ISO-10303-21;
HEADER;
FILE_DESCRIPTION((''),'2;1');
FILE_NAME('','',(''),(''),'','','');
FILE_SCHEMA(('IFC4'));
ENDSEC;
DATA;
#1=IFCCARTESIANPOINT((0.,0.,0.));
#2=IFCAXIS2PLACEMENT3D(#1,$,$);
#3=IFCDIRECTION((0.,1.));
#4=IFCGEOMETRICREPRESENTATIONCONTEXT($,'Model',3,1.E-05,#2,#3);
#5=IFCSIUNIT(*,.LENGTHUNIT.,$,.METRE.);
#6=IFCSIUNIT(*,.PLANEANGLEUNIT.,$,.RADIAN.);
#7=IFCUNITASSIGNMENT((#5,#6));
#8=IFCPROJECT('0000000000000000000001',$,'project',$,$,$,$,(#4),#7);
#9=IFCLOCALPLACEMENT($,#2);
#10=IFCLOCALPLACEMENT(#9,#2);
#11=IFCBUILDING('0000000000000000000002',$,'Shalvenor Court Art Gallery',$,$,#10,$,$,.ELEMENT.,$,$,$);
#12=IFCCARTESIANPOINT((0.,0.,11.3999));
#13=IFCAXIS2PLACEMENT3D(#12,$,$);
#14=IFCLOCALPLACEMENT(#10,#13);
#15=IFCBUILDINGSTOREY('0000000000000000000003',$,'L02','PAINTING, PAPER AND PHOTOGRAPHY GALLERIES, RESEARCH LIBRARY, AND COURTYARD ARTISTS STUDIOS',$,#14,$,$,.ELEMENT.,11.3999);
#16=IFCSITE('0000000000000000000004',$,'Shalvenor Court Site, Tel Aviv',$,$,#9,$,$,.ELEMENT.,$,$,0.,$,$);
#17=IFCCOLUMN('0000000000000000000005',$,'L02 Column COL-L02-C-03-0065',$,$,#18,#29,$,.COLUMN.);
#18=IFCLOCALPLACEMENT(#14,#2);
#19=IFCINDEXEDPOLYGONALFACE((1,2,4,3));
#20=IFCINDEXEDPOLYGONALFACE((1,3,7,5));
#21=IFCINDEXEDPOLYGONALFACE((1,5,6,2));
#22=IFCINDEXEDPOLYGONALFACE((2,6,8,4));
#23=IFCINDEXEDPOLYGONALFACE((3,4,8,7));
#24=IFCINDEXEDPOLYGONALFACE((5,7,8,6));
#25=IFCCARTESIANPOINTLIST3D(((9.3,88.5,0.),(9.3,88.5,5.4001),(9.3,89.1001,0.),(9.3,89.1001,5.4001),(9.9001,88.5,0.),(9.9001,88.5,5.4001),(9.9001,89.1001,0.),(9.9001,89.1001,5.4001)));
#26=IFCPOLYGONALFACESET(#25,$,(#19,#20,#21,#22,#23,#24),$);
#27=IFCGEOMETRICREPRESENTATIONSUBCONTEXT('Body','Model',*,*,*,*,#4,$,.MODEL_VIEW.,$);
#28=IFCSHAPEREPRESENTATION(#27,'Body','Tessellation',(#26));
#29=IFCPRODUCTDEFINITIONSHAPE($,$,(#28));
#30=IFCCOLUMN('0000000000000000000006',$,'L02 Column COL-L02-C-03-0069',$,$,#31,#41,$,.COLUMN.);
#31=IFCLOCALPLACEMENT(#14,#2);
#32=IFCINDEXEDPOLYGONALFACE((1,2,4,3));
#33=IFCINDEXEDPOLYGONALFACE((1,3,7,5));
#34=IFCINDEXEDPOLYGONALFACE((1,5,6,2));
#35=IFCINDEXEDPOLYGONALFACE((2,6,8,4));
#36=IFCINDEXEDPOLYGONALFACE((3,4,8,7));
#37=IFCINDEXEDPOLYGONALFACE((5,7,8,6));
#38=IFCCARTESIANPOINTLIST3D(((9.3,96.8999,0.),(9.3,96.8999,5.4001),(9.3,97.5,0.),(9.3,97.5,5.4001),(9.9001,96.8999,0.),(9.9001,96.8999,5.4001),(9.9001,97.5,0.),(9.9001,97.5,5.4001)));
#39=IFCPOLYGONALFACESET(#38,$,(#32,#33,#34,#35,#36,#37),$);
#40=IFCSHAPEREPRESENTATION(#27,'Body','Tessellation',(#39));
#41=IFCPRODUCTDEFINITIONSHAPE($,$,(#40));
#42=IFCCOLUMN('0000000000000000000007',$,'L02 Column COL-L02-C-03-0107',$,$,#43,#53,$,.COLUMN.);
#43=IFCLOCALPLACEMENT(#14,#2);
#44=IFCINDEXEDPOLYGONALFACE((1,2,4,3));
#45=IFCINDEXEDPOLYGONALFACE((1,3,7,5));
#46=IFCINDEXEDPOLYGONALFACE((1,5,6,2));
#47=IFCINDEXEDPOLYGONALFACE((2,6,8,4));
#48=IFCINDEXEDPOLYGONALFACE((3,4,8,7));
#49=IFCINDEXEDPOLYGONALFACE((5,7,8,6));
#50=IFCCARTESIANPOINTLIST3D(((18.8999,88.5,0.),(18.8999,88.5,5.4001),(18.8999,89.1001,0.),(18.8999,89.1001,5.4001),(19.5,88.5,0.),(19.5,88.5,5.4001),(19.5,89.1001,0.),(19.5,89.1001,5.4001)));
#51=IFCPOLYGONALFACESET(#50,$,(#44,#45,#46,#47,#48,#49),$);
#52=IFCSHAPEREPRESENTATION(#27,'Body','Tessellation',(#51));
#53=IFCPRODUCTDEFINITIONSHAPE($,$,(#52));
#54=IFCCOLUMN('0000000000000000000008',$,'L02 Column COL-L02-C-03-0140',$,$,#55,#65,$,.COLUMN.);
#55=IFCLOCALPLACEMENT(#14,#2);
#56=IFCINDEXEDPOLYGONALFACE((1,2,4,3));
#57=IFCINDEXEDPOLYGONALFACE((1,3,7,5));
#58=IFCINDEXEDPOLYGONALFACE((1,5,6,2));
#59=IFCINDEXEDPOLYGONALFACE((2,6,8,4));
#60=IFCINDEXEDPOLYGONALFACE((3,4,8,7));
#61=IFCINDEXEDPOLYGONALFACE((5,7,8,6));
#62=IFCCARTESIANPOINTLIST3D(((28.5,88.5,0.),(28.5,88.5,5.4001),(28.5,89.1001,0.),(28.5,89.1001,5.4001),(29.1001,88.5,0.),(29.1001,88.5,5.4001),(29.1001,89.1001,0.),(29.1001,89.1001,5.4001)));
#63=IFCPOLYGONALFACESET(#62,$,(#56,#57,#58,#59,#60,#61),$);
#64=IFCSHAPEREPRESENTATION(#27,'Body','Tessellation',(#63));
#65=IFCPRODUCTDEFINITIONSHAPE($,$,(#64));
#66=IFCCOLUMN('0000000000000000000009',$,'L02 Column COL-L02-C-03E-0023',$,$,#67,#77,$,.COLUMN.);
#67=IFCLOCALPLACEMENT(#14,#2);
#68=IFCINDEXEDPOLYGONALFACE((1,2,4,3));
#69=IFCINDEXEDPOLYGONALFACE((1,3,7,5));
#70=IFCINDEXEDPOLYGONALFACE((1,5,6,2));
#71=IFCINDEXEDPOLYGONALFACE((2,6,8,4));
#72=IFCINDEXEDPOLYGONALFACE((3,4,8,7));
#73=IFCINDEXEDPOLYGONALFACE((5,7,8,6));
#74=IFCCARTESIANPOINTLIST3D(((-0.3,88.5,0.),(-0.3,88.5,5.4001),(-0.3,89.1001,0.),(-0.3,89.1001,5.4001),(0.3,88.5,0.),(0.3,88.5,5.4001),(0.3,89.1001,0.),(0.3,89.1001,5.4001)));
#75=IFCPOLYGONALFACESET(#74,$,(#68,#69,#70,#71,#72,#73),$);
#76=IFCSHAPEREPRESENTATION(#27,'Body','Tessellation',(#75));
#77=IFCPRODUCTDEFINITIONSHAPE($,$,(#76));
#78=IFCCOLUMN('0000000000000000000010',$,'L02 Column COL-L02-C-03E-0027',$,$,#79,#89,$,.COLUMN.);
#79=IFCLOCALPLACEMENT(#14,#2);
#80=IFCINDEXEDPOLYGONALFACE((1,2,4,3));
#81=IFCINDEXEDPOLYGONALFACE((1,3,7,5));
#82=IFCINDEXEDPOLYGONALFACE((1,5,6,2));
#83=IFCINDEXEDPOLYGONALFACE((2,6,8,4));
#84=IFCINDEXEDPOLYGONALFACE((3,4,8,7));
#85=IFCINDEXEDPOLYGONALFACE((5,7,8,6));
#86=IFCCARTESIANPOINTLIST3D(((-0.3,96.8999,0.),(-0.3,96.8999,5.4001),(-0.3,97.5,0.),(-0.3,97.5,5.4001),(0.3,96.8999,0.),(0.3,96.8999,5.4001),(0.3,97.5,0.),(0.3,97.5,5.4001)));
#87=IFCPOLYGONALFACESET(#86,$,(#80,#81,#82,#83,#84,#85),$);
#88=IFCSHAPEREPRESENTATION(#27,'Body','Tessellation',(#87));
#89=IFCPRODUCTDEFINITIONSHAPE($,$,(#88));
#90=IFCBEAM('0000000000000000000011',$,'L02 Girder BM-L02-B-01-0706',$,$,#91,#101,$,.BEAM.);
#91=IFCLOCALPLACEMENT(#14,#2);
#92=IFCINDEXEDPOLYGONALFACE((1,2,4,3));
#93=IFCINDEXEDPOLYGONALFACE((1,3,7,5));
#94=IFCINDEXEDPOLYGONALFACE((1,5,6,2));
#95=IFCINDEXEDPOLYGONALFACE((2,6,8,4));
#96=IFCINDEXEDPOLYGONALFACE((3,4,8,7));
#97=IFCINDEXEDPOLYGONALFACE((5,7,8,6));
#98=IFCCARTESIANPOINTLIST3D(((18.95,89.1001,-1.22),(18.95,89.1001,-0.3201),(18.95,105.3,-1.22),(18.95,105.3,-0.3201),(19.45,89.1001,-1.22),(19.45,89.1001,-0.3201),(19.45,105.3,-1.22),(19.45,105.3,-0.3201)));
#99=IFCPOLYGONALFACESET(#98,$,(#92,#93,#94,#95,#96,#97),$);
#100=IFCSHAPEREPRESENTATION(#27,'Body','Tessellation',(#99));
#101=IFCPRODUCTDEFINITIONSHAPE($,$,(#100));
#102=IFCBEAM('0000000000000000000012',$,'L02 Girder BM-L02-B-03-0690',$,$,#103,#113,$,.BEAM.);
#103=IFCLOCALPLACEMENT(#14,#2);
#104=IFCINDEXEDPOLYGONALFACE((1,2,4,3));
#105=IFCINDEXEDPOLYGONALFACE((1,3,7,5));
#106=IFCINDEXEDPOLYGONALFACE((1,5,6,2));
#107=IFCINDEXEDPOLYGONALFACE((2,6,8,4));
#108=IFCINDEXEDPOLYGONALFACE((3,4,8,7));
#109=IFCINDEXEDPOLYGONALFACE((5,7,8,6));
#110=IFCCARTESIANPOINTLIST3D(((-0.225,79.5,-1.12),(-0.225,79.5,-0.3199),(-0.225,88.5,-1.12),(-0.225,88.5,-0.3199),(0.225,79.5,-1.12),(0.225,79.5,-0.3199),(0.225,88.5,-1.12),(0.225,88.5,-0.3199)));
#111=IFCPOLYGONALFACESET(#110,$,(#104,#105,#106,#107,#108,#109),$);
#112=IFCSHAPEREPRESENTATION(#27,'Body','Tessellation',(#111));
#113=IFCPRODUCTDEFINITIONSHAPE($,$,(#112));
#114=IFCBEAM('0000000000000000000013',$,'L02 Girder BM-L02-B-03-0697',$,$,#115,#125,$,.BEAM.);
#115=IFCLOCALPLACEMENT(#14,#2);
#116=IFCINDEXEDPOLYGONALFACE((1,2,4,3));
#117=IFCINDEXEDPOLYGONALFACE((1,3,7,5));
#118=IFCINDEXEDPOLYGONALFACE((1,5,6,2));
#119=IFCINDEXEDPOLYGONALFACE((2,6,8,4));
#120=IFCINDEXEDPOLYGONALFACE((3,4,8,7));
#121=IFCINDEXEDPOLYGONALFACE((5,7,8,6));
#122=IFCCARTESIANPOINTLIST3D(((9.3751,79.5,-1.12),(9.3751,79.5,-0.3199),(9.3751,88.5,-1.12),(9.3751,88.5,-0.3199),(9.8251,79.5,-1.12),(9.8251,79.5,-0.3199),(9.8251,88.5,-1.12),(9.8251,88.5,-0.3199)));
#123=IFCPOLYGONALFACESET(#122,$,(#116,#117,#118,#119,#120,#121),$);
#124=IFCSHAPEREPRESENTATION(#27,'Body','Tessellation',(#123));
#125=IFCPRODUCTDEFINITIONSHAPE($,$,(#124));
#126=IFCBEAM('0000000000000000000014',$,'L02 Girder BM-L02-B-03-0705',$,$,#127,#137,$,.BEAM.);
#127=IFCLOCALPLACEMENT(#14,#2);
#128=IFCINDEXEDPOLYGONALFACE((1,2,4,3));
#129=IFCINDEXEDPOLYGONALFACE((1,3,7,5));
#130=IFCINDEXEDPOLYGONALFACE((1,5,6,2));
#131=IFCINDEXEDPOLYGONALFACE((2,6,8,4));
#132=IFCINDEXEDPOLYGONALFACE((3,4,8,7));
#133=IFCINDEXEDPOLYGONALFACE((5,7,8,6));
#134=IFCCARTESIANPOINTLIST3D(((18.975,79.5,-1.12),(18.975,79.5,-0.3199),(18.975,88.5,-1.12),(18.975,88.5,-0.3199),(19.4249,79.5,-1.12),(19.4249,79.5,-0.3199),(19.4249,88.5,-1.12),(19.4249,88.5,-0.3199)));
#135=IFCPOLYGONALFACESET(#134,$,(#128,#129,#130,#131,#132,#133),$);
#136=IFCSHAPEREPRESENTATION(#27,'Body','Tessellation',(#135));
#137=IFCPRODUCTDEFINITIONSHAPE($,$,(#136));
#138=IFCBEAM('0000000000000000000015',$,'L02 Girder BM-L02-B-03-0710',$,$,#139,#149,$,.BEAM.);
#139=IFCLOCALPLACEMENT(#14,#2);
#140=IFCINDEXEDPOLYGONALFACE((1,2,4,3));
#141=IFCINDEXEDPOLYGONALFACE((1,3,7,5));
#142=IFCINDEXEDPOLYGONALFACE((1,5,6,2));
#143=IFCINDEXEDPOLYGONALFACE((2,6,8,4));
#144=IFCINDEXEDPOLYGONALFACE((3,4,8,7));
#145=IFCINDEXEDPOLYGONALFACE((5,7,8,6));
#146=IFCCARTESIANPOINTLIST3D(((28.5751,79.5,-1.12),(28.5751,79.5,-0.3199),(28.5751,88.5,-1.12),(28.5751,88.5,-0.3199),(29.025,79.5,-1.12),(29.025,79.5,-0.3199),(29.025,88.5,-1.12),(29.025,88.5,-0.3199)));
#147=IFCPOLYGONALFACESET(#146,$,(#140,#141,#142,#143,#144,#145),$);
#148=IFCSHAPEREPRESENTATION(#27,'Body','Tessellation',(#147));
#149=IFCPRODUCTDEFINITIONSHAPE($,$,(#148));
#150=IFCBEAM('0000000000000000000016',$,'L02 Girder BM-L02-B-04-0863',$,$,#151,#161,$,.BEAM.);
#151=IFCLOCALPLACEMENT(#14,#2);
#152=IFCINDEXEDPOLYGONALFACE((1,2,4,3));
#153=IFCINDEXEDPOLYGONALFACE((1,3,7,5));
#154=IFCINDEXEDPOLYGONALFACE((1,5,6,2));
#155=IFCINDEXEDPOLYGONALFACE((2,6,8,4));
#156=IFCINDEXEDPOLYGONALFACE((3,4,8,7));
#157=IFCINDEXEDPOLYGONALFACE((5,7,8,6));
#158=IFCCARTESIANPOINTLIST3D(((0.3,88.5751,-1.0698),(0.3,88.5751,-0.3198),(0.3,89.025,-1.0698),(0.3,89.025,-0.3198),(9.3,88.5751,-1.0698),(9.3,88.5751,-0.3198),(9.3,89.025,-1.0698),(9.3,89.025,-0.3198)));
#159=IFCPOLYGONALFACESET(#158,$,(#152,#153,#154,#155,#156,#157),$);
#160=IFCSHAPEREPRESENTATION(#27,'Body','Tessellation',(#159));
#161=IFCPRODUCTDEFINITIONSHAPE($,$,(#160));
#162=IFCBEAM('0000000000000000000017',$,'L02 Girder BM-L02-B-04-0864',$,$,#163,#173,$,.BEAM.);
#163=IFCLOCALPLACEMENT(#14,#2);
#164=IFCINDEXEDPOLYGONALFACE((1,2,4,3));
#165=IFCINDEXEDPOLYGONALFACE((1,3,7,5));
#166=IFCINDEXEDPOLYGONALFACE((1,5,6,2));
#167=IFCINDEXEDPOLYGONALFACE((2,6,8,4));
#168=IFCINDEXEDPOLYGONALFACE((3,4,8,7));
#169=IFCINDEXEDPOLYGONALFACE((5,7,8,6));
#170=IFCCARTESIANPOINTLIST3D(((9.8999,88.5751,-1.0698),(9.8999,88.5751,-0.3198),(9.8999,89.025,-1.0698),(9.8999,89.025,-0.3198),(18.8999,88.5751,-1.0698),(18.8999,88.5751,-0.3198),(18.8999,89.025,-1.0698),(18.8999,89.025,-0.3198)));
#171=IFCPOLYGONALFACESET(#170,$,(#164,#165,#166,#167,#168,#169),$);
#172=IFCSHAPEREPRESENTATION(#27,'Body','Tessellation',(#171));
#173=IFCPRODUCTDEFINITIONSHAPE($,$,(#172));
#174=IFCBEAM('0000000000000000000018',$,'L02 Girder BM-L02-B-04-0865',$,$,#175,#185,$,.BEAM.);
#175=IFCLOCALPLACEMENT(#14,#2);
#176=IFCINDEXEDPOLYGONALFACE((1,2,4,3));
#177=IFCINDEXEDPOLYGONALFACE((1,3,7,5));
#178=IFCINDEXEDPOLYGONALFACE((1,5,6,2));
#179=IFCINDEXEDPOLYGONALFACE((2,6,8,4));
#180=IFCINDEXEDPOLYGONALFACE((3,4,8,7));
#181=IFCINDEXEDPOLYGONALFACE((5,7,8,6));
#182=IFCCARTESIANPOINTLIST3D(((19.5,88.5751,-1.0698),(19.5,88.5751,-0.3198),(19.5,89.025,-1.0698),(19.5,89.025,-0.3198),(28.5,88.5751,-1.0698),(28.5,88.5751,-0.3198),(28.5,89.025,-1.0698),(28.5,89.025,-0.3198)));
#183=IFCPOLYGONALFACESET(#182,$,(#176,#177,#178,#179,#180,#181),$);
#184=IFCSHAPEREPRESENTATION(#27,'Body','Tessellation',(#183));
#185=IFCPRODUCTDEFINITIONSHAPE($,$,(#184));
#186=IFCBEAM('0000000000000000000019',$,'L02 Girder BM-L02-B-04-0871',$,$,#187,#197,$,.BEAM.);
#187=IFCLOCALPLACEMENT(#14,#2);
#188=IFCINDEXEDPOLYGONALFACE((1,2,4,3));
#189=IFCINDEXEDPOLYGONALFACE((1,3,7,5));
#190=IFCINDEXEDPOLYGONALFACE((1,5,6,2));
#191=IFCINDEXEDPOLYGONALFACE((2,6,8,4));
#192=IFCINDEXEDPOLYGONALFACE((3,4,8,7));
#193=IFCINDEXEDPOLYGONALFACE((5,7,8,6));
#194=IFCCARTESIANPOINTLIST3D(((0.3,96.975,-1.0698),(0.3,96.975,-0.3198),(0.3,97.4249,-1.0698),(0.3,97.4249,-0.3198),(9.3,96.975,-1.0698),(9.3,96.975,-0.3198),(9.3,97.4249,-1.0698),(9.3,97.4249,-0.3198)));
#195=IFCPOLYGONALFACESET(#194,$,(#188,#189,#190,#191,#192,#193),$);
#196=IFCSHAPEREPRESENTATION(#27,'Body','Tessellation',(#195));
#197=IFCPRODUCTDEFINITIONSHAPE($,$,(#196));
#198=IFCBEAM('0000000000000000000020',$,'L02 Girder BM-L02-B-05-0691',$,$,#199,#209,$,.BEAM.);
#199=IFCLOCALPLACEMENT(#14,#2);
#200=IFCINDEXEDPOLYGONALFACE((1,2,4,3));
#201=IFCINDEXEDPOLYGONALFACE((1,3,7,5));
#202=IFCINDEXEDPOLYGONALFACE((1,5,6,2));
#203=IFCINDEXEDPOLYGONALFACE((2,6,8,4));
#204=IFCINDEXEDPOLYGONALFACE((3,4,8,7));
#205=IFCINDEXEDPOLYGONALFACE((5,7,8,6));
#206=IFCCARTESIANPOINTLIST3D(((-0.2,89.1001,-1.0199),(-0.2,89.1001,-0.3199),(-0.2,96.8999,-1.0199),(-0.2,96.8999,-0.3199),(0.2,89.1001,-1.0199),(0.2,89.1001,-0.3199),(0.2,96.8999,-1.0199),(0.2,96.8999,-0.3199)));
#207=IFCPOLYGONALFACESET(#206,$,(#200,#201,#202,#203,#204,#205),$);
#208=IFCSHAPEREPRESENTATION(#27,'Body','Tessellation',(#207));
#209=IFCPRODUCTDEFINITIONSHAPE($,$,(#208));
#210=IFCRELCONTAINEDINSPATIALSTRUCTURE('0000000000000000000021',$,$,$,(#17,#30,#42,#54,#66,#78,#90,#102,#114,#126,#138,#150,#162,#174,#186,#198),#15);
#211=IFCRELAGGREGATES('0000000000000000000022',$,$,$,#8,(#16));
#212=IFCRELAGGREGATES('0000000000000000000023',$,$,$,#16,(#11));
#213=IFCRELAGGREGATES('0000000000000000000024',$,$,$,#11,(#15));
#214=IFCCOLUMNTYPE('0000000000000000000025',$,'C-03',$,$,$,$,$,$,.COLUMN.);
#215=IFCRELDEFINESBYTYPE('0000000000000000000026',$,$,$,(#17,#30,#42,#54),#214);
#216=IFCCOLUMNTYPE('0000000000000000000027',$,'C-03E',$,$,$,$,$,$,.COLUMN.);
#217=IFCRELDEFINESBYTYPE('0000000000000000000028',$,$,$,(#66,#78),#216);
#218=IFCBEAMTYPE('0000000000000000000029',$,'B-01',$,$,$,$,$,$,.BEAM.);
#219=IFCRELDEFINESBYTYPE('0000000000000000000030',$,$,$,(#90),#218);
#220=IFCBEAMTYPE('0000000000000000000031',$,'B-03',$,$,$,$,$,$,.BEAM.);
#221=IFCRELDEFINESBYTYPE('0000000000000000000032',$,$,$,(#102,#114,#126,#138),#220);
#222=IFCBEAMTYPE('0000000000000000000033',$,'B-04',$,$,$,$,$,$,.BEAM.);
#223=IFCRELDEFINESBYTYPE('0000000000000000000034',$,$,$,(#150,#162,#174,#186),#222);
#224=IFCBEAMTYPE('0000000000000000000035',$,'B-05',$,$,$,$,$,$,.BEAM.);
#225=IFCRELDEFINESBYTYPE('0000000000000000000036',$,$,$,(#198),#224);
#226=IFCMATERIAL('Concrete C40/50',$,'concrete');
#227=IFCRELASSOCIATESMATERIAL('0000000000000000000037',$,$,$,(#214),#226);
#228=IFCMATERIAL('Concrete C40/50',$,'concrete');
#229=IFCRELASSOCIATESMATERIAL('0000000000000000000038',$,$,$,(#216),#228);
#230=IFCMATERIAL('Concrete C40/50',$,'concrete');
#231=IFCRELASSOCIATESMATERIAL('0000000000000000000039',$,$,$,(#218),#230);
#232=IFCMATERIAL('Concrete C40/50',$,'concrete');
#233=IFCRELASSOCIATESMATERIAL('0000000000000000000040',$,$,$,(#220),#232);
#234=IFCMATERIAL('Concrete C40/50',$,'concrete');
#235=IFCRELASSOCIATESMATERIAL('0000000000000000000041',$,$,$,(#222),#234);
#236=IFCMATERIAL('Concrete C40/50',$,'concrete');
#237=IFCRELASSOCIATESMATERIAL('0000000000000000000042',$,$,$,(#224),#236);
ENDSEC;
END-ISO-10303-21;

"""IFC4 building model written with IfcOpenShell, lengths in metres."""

from ifc_helpers import new_model, si_unit, direction, frame, origin, origin_2d, place, context, subcontext, project, spatial, rectangle, extrude, material, material_profile, profile_set, type_object, element, save


model = new_model("IFC4")

# Units and contexts
model_context = context("Model", 3, precision=1e-05, world=origin(), true_north=direction((0.0, 1.0)))
body_context = subcontext(model_context, "Body", "Model", "MODEL_VIEW")
ifc_project = project(units=[si_unit("LENGTHUNIT", "METRE"), si_unit("PLANEANGLEUNIT", "RADIAN")], contexts=[model_context])

# Site, building, storey
site_placement = place(None, origin())
site = spatial("IfcSite", under=ifc_project, at=site_placement, Name="Shalvenor Court Site, Tel Aviv", CompositionType="ELEMENT", RefElevation=0.0)
building_placement = place(site_placement, origin())
building = spatial("IfcBuilding", under=site, at=building_placement, Name="Shalvenor Court Art Gallery", CompositionType="ELEMENT")
storey_placement = place(building_placement, frame((0.0, 0.0, 11.3999)))
storey = spatial("IfcBuildingStorey", under=building, at=storey_placement, Name="L02", Description="PAINTING, PAPER AND PHOTOGRAPHY GALLERIES, RESEARCH LIBRARY, AND COURTYARD ARTISTS STUDIOS", CompositionType="ELEMENT", Elevation=11.3999)

# Columns
ifc_material_1 = material(Name="Concrete C40/50", Category="concrete")
ifc_material_profile_1 = material_profile(ifc_material_1, rectangle(XDim=0.6001, YDim=0.6001, at=origin_2d()), Name="RC 600x600")
ifc_profile_set_1 = profile_set([ifc_material_profile_1], Name="Concrete C40/50")
column_type_1 = type_object("IfcColumnType", Name="C-03", PredefinedType="COLUMN", material=ifc_profile_set_1)
for number, where, z_axis, x_axis, name in (
    (1, (9.6001, 88.8, 0.0), (0.0, 0.0, 1.0), (1.0, 0.0, 0.0), "L02 Column COL-L02-C-03-0065"),
    (2, (9.6001, 97.2, 0.0), (0.0, 0.0, 1.0), (1.0, 0.0, 0.0), "L02 Column COL-L02-C-03-0069"),
    (3, (19.2, 88.8, 0.0), (0.0, 0.0, 1.0), (1.0, 0.0, 0.0), "L02 Column COL-L02-C-03-0107"),
    (4, (28.8, 88.8, 0.0), (0.0, 0.0, 1.0), (1.0, 0.0, 0.0), "L02 Column COL-L02-C-03-0140"),
):
    element("IfcColumn", number, at=place(storey_placement, frame(where, z_axis=z_axis, x_axis=x_axis)), inside=storey, type_object=column_type_1, Name=name, PredefinedType="COLUMN", context=body_context, shape_type="SweptSolid", body=[
        extrude(rectangle(XDim=0.6001, YDim=0.6001, at=origin_2d()), origin(), (0.0, 0.0, 1.0), 5.4001),
    ])
ifc_material_2 = material(Name="Concrete C40/50", Category="concrete")
ifc_material_profile_2 = material_profile(ifc_material_2, rectangle(XDim=0.6001, YDim=0.6001, at=origin_2d()), Name="RC 600x600")
ifc_profile_set_2 = profile_set([ifc_material_profile_2], Name="Concrete C40/50")
column_type_2 = type_object("IfcColumnType", Name="C-03E", PredefinedType="COLUMN", material=ifc_profile_set_2)
for number, where, z_axis, x_axis, name in (
    (5, (0.0, 88.8, 0.0), (0.0, 0.0, 1.0), (1.0, 0.0, 0.0), "L02 Column COL-L02-C-03E-0023"),
    (6, (0.0, 97.2, 0.0), (0.0, 0.0, 1.0), (1.0, 0.0, 0.0), "L02 Column COL-L02-C-03E-0027"),
):
    element("IfcColumn", number, at=place(storey_placement, frame(where, z_axis=z_axis, x_axis=x_axis)), inside=storey, type_object=column_type_2, Name=name, PredefinedType="COLUMN", context=body_context, shape_type="SweptSolid", body=[
        extrude(rectangle(XDim=0.6001, YDim=0.6001, at=origin_2d()), origin(), (0.0, 0.0, 1.0), 5.4001),
    ])

# Beams
ifc_material_3 = material(Name="Concrete C40/50", Category="concrete")
ifc_material_profile_3 = material_profile(ifc_material_3, rectangle(XDim=0.5, YDim=0.8999, at=origin_2d()), Name="RC 500x900")
ifc_profile_set_3 = profile_set([ifc_material_profile_3], Name="Concrete C40/50")
beam_type_1 = type_object("IfcBeamType", Name="B-01", PredefinedType="BEAM", material=ifc_profile_set_3)
beam_1_placement = place(storey_placement, frame((19.2, 89.1001, -0.77), z_axis=(0.0, 1.0, 0.0), x_axis=(-1.0, 0.0, 0.0)))
element("IfcBeam", 7, at=beam_1_placement, inside=storey, type_object=beam_type_1, Name="L02 Girder BM-L02-B-01-0706", PredefinedType="BEAM", context=body_context, shape_type="SweptSolid", body=[
    extrude(rectangle(XDim=0.5, YDim=0.8999, at=origin_2d()), origin(), (0.0, 0.0, 1.0), 16.2),
])
ifc_material_4 = material(Name="Concrete C40/50", Category="concrete")
ifc_material_profile_4 = material_profile(ifc_material_4, rectangle(XDim=0.45, YDim=0.8, at=origin_2d()), Name="RC 450x800")
ifc_profile_set_4 = profile_set([ifc_material_profile_4], Name="Concrete C40/50")
beam_type_2 = type_object("IfcBeamType", Name="B-03", PredefinedType="BEAM", material=ifc_profile_set_4)
for number, where, z_axis, x_axis, name in (
    (8, (0.0, 79.5, -0.72), (0.0, 1.0, 0.0), (-1.0, 0.0, 0.0), "L02 Girder BM-L02-B-03-0690"),
    (9, (9.6001, 79.5, -0.72), (0.0, 1.0, 0.0), (-1.0, 0.0, 0.0), "L02 Girder BM-L02-B-03-0697"),
    (10, (19.2, 79.5, -0.72), (0.0, 1.0, 0.0), (-1.0, 0.0, 0.0), "L02 Girder BM-L02-B-03-0705"),
    (11, (28.8, 79.5, -0.72), (0.0, 1.0, 0.0), (-1.0, 0.0, 0.0), "L02 Girder BM-L02-B-03-0710"),
):
    element("IfcBeam", number, at=place(storey_placement, frame(where, z_axis=z_axis, x_axis=x_axis)), inside=storey, type_object=beam_type_2, Name=name, PredefinedType="BEAM", context=body_context, shape_type="SweptSolid", body=[
        extrude(rectangle(XDim=0.45, YDim=0.8, at=origin_2d()), origin(), (0.0, 0.0, 1.0), 9.0),
    ])
ifc_material_5 = material(Name="Concrete C40/50", Category="concrete")
ifc_material_profile_5 = material_profile(ifc_material_5, rectangle(XDim=0.45, YDim=0.75, at=origin_2d()), Name="RC 450x750")
ifc_profile_set_5 = profile_set([ifc_material_profile_5], Name="Concrete C40/50")
beam_type_3 = type_object("IfcBeamType", Name="B-04", PredefinedType="BEAM", material=ifc_profile_set_5)
for number, where, z_axis, x_axis, name in (
    (12, (0.3, 88.8, -0.6948), (1.0, 0.0, 0.0), (0.0, 1.0, 0.0), "L02 Girder BM-L02-B-04-0863"),
    (13, (9.8999, 88.8, -0.6948), (1.0, 0.0, 0.0), (0.0, 1.0, 0.0), "L02 Girder BM-L02-B-04-0864"),
    (14, (19.5, 88.8, -0.6948), (1.0, 0.0, 0.0), (0.0, 1.0, 0.0), "L02 Girder BM-L02-B-04-0865"),
    (15, (0.3, 97.2, -0.6948), (1.0, 0.0, 0.0), (0.0, 1.0, 0.0), "L02 Girder BM-L02-B-04-0871"),
):
    element("IfcBeam", number, at=place(storey_placement, frame(where, z_axis=z_axis, x_axis=x_axis)), inside=storey, type_object=beam_type_3, Name=name, PredefinedType="BEAM", context=body_context, shape_type="SweptSolid", body=[
        extrude(rectangle(XDim=0.45, YDim=0.75, at=origin_2d()), origin(), (0.0, 0.0, 1.0), 9.0),
    ])
ifc_material_6 = material(Name="Concrete C40/50", Category="concrete")
ifc_material_profile_6 = material_profile(ifc_material_6, rectangle(XDim=0.3999, YDim=0.7, at=origin_2d()), Name="RC 400x700")
ifc_profile_set_6 = profile_set([ifc_material_profile_6], Name="Concrete C40/50")
beam_type_4 = type_object("IfcBeamType", Name="B-05", PredefinedType="BEAM", material=ifc_profile_set_6)
beam_2_placement = place(storey_placement, frame((0.0, 89.1001, -0.6699), z_axis=(0.0, 1.0, 0.0), x_axis=(-1.0, 0.0, 0.0)))
element("IfcBeam", 16, at=beam_2_placement, inside=storey, type_object=beam_type_4, Name="L02 Girder BM-L02-B-05-0691", PredefinedType="BEAM", context=body_context, shape_type="SweptSolid", body=[
    extrude(rectangle(XDim=0.3999, YDim=0.7, at=origin_2d()), origin(), (0.0, 0.0, 1.0), 7.7998),
])

save(model, "model.ifc")
